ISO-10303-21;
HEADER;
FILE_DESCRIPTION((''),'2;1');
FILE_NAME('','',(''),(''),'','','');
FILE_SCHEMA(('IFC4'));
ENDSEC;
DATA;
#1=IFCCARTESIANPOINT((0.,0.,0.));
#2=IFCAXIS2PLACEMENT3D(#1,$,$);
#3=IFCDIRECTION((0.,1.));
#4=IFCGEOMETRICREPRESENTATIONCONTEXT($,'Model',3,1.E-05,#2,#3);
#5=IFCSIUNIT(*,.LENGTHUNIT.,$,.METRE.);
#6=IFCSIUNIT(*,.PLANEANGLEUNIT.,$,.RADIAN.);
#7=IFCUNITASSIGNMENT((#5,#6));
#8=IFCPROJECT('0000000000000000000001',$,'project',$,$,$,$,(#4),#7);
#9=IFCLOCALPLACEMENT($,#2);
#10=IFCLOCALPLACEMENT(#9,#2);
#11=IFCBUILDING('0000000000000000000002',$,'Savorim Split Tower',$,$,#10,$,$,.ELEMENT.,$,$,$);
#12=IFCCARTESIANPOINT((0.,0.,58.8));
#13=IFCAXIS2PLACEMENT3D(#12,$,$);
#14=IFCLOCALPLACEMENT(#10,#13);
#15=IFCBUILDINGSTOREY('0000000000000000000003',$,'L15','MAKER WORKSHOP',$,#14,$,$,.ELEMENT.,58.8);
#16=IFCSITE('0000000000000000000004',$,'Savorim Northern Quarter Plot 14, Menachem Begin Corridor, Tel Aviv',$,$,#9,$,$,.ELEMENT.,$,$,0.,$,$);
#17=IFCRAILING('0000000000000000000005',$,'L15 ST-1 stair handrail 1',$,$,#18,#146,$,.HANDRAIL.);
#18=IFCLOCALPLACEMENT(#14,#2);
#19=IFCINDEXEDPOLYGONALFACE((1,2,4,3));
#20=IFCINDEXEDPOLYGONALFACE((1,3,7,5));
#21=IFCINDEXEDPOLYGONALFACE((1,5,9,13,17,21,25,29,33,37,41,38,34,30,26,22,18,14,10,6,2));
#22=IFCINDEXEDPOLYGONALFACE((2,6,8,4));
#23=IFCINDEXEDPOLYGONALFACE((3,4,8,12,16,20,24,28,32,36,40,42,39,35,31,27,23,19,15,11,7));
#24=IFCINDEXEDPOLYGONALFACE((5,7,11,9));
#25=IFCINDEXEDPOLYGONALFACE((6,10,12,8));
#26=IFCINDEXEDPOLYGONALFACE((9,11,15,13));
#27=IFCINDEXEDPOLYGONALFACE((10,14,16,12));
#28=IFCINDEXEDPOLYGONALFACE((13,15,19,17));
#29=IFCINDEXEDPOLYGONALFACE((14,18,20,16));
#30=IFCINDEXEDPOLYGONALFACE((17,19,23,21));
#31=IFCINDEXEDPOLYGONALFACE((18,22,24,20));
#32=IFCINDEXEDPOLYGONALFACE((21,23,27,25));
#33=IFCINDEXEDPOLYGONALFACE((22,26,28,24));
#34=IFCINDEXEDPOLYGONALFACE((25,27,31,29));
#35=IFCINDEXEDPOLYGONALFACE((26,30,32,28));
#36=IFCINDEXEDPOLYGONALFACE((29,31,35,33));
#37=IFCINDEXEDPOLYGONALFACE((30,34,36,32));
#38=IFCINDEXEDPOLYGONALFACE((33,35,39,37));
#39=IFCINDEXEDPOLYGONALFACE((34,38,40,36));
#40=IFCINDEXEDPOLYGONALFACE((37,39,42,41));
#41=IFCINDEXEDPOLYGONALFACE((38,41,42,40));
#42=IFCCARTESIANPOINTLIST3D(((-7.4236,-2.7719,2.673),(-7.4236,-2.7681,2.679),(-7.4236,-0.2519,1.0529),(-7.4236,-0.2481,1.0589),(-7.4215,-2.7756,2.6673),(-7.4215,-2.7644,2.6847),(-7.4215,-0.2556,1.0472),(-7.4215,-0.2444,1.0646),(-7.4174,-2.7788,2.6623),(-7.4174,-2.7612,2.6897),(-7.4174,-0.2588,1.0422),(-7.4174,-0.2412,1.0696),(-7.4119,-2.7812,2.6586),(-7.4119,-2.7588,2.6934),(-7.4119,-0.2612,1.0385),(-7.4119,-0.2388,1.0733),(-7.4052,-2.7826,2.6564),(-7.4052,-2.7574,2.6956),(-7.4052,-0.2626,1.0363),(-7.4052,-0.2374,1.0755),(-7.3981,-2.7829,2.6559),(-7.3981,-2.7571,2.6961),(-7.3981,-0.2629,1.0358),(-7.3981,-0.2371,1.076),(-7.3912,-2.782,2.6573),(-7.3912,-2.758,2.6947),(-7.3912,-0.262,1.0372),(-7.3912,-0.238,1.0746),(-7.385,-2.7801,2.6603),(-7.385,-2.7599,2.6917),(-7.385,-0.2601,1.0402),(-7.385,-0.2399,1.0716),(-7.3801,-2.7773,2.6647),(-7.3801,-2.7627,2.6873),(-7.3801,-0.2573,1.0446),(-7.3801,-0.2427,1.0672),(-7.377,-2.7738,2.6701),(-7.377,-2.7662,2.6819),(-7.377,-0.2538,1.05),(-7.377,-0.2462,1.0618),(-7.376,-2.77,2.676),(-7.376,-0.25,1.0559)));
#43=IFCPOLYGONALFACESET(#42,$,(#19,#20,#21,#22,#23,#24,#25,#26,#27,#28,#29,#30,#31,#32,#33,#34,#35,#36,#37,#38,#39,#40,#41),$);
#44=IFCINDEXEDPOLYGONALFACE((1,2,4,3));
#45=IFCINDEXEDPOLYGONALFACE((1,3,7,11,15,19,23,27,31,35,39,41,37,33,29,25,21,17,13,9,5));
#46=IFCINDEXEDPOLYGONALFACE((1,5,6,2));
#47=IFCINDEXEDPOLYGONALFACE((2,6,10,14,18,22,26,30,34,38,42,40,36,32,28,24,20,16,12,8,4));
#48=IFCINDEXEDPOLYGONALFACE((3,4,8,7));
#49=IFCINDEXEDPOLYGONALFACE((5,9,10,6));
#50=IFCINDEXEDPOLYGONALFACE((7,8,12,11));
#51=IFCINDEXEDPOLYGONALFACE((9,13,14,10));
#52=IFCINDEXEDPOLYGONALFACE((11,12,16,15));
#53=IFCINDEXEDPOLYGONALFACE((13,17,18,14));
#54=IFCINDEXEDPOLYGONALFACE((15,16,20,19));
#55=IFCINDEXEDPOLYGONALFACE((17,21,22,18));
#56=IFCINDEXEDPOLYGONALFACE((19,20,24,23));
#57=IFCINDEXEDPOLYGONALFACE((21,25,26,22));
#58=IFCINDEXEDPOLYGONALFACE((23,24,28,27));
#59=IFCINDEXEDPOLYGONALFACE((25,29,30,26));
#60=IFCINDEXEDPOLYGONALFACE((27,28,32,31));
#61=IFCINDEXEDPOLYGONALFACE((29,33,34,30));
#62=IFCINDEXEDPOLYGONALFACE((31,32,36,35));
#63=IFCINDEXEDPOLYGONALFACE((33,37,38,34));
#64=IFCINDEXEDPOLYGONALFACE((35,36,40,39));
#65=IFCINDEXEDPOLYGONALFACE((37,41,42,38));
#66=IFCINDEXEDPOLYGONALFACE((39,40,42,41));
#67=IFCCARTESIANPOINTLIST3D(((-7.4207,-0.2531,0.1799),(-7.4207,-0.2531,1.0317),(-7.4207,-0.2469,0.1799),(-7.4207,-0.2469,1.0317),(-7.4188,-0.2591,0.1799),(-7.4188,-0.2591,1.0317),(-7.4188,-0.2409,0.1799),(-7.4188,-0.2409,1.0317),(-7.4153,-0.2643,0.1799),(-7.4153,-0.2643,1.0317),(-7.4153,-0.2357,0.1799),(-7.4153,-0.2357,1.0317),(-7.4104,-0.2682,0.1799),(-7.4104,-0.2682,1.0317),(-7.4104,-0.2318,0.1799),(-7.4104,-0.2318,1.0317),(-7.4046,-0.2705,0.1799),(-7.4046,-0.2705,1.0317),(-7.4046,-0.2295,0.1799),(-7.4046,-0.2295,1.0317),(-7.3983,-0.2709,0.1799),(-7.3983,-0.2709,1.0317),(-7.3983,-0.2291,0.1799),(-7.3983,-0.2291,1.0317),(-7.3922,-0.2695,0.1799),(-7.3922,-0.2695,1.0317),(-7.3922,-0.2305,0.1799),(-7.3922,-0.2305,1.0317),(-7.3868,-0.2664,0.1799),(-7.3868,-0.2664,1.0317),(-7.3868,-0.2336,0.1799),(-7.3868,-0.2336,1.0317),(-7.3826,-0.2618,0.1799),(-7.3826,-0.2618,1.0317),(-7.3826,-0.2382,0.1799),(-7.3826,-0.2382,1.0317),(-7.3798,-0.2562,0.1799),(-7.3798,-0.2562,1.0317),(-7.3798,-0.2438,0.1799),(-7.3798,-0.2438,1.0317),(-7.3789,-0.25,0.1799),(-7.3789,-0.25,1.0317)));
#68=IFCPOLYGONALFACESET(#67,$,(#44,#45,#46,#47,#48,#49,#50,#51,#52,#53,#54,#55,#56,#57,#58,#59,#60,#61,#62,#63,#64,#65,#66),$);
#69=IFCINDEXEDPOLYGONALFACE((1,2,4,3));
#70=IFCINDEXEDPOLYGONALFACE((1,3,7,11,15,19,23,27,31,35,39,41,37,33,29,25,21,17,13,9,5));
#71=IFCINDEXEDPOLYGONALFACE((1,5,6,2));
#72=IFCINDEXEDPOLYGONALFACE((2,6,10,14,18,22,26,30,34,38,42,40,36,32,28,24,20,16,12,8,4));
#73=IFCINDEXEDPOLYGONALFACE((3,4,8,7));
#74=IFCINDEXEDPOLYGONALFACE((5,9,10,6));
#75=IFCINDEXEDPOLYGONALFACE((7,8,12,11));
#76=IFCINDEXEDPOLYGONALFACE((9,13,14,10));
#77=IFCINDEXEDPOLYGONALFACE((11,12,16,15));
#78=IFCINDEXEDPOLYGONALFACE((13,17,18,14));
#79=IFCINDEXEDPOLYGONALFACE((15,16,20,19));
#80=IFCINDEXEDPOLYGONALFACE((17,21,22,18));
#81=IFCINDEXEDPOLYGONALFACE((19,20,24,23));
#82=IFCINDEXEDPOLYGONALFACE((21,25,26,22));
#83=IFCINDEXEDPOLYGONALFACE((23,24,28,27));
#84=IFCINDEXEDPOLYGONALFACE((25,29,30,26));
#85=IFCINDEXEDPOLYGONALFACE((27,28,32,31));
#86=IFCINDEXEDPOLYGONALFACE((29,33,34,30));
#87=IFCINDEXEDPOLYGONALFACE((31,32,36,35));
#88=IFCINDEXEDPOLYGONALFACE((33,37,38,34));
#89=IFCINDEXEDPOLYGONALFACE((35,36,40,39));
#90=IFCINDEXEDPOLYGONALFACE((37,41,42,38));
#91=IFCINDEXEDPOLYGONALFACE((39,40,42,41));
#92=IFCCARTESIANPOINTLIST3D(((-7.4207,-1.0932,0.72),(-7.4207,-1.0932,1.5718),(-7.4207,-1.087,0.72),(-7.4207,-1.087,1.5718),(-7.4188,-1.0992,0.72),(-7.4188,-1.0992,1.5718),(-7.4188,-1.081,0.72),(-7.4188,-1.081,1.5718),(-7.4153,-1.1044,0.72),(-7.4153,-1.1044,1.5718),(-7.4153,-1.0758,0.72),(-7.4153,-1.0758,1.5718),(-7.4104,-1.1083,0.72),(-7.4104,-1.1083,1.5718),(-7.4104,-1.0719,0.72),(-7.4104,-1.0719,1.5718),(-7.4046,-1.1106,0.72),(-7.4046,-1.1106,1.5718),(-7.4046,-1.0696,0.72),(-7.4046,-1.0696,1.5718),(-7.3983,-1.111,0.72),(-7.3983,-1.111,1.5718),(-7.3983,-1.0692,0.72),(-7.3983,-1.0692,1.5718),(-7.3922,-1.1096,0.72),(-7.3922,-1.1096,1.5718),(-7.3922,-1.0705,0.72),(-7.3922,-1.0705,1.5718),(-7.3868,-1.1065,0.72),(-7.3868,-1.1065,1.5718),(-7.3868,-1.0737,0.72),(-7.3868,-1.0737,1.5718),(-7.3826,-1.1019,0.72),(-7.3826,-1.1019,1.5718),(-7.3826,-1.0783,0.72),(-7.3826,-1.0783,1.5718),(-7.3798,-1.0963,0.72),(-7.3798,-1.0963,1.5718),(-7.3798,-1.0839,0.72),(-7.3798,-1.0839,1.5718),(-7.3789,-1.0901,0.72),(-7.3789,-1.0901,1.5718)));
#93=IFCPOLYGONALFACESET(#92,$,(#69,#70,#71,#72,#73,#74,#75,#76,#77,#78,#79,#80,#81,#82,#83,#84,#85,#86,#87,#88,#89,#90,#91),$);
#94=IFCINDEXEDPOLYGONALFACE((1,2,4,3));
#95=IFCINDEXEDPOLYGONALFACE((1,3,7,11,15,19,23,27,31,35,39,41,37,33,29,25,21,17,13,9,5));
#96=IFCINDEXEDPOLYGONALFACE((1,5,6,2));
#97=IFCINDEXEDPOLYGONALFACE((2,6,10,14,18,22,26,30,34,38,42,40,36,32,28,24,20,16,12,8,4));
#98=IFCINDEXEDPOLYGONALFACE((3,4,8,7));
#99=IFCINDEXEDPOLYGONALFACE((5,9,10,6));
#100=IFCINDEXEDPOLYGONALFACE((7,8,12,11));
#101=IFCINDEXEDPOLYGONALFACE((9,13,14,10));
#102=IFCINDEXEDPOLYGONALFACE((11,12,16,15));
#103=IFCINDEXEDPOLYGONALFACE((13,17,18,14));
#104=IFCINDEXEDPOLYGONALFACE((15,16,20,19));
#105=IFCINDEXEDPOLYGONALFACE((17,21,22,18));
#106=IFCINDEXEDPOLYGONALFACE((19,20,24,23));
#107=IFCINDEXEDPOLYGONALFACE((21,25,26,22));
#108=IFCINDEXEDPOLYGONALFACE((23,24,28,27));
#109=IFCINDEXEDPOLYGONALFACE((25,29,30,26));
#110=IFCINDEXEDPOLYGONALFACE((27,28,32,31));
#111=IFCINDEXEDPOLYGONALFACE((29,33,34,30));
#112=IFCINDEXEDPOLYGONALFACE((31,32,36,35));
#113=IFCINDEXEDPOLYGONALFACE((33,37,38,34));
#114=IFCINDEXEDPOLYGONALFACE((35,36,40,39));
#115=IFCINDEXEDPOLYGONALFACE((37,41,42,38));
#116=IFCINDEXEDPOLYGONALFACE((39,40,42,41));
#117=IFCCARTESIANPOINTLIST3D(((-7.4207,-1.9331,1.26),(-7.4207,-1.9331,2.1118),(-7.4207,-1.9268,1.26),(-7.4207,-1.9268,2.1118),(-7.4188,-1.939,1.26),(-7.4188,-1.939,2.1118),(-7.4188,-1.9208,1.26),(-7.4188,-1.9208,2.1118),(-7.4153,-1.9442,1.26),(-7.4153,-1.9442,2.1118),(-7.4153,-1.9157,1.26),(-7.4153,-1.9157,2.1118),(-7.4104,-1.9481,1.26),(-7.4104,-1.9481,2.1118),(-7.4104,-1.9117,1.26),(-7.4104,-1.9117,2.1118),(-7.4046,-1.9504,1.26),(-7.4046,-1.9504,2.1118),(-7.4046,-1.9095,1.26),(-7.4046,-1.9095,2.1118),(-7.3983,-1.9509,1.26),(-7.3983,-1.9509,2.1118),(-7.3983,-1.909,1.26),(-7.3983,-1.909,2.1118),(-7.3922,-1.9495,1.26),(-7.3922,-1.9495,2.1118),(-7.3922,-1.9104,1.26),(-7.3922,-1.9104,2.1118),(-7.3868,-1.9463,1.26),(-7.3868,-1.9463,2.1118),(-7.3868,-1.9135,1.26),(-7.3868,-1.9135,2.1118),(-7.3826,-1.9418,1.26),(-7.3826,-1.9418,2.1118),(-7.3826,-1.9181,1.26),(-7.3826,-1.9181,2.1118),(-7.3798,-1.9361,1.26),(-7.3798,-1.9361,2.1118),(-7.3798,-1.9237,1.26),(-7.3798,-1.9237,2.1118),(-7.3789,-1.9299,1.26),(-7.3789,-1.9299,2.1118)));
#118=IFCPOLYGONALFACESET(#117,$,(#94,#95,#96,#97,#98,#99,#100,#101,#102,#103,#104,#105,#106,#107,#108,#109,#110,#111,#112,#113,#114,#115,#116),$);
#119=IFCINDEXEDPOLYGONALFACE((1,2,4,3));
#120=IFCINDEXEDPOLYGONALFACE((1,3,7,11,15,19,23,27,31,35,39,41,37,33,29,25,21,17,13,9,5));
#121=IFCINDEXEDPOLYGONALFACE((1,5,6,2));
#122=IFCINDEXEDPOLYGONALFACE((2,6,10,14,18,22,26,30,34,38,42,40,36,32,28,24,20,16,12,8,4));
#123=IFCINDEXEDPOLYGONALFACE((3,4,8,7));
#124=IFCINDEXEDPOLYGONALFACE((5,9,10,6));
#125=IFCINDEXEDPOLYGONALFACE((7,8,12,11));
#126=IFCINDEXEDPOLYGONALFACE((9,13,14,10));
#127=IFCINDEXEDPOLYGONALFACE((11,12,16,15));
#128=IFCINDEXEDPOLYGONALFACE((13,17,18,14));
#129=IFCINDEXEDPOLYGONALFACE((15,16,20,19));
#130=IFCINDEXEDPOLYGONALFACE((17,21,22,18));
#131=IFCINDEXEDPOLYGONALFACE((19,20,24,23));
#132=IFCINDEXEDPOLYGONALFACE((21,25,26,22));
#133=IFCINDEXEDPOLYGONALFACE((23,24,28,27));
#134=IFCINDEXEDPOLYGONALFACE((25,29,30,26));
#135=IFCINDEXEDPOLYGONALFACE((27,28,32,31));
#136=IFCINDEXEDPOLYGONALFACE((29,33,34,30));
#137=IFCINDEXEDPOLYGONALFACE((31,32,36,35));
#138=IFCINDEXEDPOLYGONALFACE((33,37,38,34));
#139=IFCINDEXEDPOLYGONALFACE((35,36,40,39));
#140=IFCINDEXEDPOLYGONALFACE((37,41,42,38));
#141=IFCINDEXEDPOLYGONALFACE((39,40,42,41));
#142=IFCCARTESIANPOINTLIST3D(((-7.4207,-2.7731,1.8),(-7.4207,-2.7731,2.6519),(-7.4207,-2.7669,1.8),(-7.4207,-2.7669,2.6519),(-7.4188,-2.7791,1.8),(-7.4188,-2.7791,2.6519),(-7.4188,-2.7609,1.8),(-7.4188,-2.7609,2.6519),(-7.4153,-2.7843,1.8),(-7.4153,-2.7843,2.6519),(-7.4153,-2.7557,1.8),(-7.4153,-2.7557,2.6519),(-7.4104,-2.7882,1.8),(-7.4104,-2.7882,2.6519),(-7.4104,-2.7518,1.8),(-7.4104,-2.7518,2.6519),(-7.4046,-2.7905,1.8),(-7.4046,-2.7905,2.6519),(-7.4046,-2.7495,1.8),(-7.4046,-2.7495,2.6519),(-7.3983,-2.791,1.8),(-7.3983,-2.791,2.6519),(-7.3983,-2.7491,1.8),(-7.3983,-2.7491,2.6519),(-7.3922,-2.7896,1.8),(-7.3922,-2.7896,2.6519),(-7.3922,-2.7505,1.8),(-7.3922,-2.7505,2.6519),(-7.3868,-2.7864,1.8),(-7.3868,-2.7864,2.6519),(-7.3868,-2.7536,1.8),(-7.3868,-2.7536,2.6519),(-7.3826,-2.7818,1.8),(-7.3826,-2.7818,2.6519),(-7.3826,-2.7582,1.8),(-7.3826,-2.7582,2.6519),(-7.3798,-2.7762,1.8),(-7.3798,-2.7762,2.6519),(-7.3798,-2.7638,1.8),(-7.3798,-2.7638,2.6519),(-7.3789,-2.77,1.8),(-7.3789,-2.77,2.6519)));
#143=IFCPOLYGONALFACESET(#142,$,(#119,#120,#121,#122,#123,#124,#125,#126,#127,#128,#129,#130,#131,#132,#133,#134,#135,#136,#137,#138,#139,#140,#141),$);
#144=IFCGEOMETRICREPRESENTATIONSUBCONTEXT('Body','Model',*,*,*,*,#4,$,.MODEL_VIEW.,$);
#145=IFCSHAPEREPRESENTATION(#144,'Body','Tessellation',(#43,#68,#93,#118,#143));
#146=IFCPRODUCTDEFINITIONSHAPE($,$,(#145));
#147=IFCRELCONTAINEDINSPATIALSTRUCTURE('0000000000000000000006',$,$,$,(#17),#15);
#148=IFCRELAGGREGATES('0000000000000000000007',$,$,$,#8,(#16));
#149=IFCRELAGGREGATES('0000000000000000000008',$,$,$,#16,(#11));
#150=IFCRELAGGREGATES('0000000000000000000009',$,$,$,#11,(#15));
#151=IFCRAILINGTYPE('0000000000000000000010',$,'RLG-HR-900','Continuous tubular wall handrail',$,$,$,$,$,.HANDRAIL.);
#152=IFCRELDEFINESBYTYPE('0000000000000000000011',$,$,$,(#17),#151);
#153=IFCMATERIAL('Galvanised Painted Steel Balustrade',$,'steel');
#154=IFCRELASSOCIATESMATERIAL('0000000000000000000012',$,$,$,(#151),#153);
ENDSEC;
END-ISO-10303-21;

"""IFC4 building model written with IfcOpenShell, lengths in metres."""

from ifc_helpers import new_model, si_unit, direction, frame, origin, origin_2d, place, context, subcontext, project, spatial, circle, extrude, material, type_object, element, save


model = new_model("IFC4")

# Units and contexts
model_context = context("Model", 3, precision=1e-05, world=origin(), true_north=direction((0.0, 1.0)))
body_context = subcontext(model_context, "Body", "Model", "MODEL_VIEW")
ifc_project = project(units=[si_unit("LENGTHUNIT", "METRE"), si_unit("PLANEANGLEUNIT", "RADIAN")], contexts=[model_context])

# Site, building, storey
site_placement = place(None, origin())
site = spatial("IfcSite", under=ifc_project, at=site_placement, Name="Savorim Northern Quarter Plot 14, Menachem Begin Corridor, Tel Aviv", CompositionType="ELEMENT", RefElevation=0.0)
building_placement = place(site_placement, origin())
building = spatial("IfcBuilding", under=site, at=building_placement, Name="Savorim Split Tower", CompositionType="ELEMENT")
storey_placement = place(building_placement, frame((0.0, 0.0, 58.8)))
storey = spatial("IfcBuildingStorey", under=building, at=storey_placement, Name="L15", Description="MAKER WORKSHOP", CompositionType="ELEMENT", Elevation=58.8)

# Railing
ifc_material_1 = material(Name="Galvanised Painted Steel Balustrade", Category="steel")
railing_type_1 = type_object("IfcRailingType", Name="RLG-HR-900", Description="Continuous tubular wall handrail", PredefinedType="HANDRAIL", material=ifc_material_1)
railing_1_placement = place(storey_placement, frame((-7.3999, -0.25, 0.1799)))
element("IfcRailing", 1, at=railing_1_placement, inside=storey, type_object=railing_type_1, Name="L15 ST-1 stair handrail 1", PredefinedType="HANDRAIL", context=body_context, shape_type="SweptSolid", body=[
    extrude(circle(Radius=0.0239, at=origin_2d()), frame((0.0, 0.0, 0.876), z_axis=(0.0, -0.841163, 0.540782), x_axis=(1.0, 0.0, 0.0)), (0.0, 0.0, 1.0), 2.9958),
    extrude(circle(Radius=0.021, at=origin_2d()), origin(), (0.0, 0.0, 1.0), 0.8518),
    extrude(circle(Radius=0.021, at=origin_2d()), frame((0.0, -0.8401, 0.54)), (0.0, 0.0, 1.0), 0.8518),
    extrude(circle(Radius=0.021, at=origin_2d()), frame((0.0, -1.6799, 1.0801)), (0.0, 0.0, 1.0), 0.8518),
    extrude(circle(Radius=0.021, at=origin_2d()), frame((0.0, -2.52, 1.6201)), (0.0, 0.0, 1.0), 0.8518),
])

save(model, "model.ifc")
